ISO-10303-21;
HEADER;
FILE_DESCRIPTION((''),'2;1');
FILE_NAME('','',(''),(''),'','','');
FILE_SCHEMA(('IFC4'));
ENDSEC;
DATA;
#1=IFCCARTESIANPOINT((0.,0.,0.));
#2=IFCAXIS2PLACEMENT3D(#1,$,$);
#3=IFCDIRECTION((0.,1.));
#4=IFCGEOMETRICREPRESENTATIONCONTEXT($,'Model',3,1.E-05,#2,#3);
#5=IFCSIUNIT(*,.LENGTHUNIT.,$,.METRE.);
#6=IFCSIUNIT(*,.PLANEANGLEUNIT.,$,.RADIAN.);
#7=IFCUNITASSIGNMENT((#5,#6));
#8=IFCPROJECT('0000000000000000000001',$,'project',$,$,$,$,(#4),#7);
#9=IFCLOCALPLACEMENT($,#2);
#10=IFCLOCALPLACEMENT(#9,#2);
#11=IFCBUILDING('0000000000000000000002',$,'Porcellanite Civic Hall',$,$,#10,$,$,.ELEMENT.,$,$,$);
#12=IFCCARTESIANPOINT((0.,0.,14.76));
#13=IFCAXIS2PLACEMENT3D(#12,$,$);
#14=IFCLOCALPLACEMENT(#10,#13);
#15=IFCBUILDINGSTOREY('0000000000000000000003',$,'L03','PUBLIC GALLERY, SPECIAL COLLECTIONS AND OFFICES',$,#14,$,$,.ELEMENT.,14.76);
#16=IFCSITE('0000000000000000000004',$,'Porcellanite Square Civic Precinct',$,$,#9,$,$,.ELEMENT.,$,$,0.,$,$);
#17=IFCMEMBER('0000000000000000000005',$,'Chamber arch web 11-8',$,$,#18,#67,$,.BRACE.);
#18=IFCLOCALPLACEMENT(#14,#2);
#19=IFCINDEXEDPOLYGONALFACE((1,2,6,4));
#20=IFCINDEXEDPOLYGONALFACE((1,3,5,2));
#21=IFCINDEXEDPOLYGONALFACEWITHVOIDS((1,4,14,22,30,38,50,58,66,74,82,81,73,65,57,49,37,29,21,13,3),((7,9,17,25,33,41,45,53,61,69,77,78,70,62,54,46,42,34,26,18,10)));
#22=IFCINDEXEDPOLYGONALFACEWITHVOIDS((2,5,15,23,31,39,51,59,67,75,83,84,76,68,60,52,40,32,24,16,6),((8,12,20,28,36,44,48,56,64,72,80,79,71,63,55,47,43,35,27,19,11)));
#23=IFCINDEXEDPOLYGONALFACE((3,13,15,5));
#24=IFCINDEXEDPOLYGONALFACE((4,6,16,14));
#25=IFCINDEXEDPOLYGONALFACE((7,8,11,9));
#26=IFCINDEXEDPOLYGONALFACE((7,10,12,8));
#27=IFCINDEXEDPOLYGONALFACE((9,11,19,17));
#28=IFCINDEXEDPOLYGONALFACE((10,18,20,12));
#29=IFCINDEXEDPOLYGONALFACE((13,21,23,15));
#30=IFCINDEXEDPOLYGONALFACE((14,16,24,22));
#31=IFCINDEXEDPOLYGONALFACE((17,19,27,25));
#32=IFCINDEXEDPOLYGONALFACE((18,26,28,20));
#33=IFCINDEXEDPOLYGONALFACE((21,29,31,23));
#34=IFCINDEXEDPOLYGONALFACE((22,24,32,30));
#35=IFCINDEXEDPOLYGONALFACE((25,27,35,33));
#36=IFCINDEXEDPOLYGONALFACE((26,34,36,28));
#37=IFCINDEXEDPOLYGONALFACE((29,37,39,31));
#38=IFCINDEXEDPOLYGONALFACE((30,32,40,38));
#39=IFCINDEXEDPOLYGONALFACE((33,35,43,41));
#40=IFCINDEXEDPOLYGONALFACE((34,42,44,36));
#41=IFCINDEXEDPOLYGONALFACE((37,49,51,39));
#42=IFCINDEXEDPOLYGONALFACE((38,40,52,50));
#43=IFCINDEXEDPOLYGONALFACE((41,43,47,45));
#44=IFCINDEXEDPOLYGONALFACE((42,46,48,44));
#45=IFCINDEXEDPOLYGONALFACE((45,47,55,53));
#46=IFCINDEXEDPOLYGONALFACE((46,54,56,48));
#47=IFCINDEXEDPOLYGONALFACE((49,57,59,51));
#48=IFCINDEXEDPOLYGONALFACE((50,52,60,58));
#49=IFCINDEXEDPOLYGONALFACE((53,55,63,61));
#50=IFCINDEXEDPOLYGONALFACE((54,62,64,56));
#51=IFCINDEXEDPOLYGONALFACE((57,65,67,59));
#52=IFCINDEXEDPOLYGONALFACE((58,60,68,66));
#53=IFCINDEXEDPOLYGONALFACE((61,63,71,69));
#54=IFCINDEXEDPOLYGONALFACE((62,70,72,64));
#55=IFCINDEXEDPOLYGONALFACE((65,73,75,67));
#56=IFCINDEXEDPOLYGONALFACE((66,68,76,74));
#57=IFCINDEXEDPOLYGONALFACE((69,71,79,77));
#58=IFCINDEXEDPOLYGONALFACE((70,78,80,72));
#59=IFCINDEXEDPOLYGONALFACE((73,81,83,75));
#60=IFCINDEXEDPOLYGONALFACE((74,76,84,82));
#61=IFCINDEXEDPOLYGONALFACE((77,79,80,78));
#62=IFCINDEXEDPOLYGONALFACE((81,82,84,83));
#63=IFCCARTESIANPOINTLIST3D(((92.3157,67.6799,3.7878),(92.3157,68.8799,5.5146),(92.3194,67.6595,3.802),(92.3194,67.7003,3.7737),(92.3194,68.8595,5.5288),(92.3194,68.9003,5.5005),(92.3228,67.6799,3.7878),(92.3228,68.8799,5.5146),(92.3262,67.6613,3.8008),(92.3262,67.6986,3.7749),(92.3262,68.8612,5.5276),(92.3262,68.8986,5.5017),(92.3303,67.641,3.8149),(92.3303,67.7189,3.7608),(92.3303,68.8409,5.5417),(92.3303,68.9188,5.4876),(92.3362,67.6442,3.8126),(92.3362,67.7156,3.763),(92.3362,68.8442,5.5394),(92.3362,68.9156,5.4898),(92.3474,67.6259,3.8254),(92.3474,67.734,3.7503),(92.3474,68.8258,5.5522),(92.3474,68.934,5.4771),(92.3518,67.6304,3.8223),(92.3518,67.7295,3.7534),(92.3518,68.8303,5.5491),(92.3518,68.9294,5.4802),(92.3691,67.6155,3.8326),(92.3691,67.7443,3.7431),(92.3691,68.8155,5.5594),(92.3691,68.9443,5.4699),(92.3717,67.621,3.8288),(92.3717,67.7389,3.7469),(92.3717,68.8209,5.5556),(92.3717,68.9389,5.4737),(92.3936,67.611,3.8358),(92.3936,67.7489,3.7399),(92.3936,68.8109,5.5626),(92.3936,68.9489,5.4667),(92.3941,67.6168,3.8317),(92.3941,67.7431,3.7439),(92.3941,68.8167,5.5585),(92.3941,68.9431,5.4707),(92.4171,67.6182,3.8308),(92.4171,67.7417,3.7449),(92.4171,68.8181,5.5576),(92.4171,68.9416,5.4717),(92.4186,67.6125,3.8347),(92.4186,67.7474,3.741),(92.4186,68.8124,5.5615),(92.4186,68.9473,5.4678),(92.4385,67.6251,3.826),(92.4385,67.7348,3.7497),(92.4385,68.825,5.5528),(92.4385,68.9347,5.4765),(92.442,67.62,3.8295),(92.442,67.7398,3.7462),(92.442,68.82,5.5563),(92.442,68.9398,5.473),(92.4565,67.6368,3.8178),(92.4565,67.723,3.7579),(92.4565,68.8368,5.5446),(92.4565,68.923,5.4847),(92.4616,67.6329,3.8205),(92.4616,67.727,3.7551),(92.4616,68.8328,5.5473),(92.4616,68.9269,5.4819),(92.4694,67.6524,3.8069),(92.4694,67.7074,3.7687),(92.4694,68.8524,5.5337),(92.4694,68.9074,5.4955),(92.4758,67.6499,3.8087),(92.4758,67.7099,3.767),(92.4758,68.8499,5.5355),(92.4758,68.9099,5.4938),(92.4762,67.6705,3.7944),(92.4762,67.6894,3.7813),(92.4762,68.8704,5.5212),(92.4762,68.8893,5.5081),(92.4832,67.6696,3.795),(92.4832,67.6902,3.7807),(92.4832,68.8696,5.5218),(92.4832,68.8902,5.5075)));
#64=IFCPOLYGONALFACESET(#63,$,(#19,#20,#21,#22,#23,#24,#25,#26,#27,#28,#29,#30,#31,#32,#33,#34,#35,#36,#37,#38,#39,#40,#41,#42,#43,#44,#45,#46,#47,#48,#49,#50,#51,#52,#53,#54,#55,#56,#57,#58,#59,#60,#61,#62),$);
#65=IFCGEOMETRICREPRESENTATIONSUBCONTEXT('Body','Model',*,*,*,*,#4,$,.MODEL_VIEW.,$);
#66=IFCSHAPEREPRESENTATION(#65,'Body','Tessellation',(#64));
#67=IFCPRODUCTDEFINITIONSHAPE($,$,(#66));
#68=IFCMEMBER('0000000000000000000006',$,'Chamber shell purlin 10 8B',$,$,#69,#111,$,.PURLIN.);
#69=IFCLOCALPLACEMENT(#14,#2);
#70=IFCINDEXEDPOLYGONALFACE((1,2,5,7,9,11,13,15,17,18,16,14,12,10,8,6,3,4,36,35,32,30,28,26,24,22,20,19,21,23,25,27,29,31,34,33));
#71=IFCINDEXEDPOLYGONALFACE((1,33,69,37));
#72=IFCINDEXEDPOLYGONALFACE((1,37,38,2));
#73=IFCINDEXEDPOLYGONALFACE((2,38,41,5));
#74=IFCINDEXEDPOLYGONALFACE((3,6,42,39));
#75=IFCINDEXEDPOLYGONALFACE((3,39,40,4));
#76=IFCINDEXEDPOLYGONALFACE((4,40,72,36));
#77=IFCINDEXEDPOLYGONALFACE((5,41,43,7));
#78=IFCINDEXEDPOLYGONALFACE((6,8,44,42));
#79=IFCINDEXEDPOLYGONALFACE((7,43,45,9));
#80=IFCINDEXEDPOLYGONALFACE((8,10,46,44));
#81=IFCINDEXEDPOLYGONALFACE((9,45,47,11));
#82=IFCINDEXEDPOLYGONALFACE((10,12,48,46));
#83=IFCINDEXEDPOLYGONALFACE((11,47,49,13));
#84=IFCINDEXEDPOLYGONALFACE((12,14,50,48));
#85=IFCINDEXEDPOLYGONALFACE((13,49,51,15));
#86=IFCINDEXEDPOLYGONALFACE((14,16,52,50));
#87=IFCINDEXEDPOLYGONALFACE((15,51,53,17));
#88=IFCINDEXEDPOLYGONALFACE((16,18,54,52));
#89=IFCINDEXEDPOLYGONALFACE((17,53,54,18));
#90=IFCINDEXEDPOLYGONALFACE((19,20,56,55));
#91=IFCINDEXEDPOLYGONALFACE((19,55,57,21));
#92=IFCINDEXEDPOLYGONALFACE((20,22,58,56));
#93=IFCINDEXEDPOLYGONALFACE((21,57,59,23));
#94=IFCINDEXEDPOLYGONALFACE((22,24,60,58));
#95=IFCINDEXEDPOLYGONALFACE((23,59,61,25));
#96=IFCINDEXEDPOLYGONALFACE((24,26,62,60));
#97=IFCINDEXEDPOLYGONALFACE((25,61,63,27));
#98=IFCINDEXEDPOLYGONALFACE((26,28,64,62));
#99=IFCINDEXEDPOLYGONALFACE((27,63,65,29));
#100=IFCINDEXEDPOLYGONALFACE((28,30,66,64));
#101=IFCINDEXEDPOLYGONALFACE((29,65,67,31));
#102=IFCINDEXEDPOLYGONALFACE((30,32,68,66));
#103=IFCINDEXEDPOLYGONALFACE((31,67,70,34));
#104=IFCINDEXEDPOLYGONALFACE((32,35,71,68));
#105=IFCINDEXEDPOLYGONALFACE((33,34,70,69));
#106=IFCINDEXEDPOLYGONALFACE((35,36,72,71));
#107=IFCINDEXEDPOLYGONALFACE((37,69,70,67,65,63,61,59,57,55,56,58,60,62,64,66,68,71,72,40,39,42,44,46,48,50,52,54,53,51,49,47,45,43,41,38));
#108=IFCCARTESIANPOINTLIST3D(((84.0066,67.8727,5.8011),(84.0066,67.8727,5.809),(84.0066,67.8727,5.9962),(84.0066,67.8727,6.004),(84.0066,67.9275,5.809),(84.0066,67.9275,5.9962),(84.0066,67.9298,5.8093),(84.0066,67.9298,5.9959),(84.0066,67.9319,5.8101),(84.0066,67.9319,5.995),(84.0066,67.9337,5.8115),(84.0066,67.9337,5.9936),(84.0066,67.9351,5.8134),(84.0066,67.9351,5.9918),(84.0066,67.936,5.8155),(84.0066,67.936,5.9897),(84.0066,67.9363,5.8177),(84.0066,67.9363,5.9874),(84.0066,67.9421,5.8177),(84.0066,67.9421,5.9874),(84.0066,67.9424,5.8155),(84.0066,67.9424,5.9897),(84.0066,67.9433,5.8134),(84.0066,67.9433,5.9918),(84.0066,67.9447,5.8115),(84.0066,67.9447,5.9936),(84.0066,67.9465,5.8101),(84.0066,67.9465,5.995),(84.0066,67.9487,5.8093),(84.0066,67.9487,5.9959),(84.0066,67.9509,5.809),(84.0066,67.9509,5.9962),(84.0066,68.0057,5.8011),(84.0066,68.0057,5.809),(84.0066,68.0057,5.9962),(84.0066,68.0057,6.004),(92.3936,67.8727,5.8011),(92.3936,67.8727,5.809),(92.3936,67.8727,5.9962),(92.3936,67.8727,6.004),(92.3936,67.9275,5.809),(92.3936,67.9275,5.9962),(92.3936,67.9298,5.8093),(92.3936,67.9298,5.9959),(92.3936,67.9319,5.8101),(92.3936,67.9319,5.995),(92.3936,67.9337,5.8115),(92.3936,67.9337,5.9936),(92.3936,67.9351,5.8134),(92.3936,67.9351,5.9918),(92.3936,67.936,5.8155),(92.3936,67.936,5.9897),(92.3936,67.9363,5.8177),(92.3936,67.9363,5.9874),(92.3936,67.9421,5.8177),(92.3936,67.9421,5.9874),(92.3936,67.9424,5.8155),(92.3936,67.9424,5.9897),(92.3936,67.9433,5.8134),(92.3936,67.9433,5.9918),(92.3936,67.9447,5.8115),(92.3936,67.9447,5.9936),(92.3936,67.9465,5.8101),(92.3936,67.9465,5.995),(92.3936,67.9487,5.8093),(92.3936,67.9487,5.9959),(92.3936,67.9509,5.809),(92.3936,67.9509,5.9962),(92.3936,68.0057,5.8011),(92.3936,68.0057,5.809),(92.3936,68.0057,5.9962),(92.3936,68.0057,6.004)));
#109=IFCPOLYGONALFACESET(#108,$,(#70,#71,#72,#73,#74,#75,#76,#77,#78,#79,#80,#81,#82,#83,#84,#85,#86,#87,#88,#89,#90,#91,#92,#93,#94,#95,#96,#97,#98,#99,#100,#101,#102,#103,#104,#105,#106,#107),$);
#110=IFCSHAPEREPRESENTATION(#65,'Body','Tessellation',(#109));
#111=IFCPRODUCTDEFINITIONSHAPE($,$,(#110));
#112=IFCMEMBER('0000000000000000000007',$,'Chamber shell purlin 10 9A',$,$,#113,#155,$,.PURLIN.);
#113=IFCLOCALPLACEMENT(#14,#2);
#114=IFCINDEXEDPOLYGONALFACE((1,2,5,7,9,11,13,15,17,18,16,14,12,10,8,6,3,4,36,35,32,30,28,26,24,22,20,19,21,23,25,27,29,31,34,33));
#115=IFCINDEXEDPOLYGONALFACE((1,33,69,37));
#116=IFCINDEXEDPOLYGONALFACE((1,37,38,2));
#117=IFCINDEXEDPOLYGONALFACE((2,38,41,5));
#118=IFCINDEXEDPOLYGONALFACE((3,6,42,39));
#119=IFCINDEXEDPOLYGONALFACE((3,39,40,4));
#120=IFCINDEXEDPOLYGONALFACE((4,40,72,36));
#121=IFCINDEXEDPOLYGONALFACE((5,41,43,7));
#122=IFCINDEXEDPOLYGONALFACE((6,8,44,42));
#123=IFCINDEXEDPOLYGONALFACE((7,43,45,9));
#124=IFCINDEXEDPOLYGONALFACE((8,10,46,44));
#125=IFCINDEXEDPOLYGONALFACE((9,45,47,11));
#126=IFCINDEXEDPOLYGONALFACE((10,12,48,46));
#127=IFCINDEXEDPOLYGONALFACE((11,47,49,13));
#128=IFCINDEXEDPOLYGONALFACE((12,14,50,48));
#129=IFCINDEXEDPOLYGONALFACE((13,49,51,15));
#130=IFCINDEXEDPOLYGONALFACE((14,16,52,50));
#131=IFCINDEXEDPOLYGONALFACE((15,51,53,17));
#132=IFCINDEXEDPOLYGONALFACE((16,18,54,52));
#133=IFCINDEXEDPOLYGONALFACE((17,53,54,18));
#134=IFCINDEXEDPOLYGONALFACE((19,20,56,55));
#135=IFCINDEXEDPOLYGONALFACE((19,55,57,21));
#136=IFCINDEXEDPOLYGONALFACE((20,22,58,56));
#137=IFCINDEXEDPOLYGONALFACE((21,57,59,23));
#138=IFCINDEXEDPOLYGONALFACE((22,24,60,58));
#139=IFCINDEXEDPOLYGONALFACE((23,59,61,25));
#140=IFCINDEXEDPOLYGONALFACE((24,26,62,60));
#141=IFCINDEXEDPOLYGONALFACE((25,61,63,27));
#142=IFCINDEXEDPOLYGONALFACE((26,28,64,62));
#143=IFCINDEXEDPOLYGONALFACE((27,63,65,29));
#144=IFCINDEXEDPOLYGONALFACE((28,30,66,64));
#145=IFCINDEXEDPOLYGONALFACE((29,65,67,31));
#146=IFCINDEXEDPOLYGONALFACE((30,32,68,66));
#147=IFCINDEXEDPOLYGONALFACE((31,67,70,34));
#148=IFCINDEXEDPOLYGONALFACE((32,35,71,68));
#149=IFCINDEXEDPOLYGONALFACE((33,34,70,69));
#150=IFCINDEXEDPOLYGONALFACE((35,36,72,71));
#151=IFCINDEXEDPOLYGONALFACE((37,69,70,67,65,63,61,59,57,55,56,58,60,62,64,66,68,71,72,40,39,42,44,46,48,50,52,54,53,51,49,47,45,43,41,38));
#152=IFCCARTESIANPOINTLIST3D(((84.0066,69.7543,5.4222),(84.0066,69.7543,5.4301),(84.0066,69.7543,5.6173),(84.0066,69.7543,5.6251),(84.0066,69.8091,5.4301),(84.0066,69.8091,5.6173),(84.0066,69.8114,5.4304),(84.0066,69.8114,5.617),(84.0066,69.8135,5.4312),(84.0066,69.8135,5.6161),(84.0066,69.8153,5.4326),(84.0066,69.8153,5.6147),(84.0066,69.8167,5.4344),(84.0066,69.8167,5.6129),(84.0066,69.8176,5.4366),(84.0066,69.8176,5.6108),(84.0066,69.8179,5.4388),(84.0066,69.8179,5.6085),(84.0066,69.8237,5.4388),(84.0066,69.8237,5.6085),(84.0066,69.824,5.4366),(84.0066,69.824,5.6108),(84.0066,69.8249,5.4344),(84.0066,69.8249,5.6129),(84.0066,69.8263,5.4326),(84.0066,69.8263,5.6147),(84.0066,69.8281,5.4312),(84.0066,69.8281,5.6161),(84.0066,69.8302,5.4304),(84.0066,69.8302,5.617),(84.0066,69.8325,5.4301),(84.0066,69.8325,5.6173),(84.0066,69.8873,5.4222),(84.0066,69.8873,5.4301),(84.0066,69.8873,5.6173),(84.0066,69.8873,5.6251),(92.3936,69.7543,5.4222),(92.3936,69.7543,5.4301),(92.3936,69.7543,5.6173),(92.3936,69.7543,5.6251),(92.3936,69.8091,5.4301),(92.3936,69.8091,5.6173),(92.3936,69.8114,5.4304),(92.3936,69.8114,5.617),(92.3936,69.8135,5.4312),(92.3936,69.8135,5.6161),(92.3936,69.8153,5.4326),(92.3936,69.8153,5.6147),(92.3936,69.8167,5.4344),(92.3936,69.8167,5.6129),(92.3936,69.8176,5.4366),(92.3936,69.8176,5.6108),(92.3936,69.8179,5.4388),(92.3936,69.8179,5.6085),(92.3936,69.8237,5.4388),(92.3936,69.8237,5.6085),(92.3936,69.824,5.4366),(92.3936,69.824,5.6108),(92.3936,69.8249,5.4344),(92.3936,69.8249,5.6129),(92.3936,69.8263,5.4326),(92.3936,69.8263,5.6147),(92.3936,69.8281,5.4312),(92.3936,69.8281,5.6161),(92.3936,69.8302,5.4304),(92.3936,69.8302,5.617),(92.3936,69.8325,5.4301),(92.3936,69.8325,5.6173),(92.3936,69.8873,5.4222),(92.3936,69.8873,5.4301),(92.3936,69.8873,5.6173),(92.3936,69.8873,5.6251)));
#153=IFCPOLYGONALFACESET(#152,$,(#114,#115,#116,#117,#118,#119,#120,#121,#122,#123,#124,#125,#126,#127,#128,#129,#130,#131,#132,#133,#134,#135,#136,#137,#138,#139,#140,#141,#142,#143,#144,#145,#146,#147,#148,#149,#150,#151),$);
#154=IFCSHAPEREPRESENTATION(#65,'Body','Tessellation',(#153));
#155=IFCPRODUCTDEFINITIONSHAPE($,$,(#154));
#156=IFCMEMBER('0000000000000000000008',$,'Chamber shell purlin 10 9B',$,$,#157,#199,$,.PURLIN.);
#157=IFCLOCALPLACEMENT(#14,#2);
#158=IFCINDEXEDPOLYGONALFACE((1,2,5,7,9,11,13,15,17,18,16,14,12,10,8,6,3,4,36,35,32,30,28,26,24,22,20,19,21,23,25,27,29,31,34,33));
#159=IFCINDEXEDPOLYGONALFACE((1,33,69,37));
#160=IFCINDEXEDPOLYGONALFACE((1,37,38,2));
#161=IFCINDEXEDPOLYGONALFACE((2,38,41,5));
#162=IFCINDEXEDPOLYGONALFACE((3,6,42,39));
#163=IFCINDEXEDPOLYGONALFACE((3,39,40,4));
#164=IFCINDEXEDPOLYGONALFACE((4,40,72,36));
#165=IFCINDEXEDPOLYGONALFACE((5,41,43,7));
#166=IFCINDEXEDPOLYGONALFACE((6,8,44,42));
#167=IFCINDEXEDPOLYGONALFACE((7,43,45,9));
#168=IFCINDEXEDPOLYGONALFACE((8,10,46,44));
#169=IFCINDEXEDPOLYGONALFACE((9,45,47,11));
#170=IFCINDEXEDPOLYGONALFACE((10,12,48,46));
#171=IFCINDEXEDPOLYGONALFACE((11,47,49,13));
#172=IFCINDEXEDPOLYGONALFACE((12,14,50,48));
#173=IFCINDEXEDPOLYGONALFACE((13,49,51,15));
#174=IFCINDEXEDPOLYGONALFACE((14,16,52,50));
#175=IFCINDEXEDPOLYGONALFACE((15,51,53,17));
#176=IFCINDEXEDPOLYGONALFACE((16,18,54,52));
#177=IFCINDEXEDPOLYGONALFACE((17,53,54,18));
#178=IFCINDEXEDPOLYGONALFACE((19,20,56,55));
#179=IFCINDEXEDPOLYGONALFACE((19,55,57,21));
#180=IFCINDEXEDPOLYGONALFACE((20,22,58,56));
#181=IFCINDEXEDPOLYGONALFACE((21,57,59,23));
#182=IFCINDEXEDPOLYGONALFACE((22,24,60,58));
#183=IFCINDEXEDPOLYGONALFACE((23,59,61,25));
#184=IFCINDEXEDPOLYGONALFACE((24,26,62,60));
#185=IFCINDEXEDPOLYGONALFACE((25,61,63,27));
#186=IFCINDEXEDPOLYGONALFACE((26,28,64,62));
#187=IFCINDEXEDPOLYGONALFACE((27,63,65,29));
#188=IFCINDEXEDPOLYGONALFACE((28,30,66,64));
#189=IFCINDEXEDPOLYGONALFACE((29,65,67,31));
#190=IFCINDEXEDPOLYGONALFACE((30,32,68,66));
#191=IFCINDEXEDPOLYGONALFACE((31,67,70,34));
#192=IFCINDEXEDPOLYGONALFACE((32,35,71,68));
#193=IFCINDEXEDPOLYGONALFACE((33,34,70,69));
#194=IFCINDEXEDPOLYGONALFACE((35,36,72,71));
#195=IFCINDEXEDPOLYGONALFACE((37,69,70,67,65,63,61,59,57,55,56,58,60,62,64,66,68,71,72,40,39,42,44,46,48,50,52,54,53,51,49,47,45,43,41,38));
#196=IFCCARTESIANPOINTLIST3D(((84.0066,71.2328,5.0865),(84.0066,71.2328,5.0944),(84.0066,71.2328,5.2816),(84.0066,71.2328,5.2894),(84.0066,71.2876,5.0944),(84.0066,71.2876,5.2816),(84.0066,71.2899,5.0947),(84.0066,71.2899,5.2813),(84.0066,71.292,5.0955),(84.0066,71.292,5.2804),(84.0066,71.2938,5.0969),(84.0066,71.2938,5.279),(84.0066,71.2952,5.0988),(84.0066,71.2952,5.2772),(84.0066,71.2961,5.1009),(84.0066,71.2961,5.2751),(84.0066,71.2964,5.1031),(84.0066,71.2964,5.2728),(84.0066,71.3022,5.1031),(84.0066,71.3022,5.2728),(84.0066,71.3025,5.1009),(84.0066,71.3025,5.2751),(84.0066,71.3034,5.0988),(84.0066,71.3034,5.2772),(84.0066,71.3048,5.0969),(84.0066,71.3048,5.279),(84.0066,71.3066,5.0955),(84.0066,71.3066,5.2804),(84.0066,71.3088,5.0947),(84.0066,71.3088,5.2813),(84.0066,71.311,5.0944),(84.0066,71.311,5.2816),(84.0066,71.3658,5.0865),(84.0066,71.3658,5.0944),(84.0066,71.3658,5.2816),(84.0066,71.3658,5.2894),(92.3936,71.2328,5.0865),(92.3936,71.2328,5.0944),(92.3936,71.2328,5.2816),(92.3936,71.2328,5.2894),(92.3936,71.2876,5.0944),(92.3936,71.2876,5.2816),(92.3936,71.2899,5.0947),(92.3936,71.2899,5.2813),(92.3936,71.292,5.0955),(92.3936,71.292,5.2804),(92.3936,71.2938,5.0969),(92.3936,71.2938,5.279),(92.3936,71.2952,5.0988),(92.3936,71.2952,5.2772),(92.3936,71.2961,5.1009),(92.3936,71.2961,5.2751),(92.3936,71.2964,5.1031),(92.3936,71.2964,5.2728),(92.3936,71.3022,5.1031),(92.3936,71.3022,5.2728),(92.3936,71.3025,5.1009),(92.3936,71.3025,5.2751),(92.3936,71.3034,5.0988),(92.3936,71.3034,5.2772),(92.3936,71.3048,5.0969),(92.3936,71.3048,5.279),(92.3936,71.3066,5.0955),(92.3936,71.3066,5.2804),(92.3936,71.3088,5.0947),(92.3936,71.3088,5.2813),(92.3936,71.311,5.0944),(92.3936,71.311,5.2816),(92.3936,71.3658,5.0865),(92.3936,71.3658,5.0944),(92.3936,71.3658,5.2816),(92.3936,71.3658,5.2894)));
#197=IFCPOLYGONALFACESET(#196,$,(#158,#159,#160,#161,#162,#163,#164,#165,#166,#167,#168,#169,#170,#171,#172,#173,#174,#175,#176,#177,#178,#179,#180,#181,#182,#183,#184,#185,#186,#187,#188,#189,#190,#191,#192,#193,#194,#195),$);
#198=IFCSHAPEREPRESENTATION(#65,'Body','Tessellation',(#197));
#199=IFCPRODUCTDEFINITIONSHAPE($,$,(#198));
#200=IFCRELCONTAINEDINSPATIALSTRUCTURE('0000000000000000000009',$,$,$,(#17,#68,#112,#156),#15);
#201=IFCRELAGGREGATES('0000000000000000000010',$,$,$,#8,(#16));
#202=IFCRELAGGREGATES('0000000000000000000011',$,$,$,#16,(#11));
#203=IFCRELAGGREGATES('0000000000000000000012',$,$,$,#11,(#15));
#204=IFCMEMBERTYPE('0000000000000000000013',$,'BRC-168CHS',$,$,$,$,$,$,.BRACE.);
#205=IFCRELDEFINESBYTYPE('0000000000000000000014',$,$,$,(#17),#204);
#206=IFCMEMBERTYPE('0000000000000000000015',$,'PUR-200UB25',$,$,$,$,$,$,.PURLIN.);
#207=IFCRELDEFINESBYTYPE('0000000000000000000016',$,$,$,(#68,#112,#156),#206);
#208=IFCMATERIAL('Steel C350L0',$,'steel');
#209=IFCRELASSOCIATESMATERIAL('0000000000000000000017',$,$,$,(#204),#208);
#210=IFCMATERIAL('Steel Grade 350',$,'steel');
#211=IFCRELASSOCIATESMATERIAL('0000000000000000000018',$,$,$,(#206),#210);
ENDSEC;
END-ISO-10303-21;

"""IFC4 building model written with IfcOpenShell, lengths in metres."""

from ifc_helpers import new_model, si_unit, direction, frame, origin, origin_2d, place, context, subcontext, project, spatial, hollow_circle, i_section, extrude, material, material_profile, profile_set, type_object, element, save


model = new_model("IFC4")

# Units and contexts
model_context = context("Model", 3, precision=1e-05, world=origin(), true_north=direction((0.0, 1.0)))
body_context = subcontext(model_context, "Body", "Model", "MODEL_VIEW")
ifc_project = project(units=[si_unit("LENGTHUNIT", "METRE"), si_unit("PLANEANGLEUNIT", "RADIAN")], contexts=[model_context])

# Site, building, storey
site_placement = place(None, origin())
site = spatial("IfcSite", under=ifc_project, at=site_placement, Name="Porcellanite Square Civic Precinct", CompositionType="ELEMENT", RefElevation=0.0)
building_placement = place(site_placement, origin())
building = spatial("IfcBuilding", under=site, at=building_placement, Name="Porcellanite Civic Hall", CompositionType="ELEMENT")
storey_placement = place(building_placement, frame((0.0, 0.0, 14.76)))
storey = spatial("IfcBuildingStorey", under=building, at=storey_placement, Name="L03", Description="PUBLIC GALLERY, SPECIAL COLLECTIONS AND OFFICES", CompositionType="ELEMENT", Elevation=14.76)

# Members
ifc_material_1 = material(Name="Steel C350L0", Category="steel")
ifc_material_profile_1 = material_profile(ifc_material_1, hollow_circle(Radius=0.0842, WallThickness=0.0071, at=origin_2d()), Name="168.3x7.1CHS")
ifc_profile_set_1 = profile_set([ifc_material_profile_1], Name="Steel C350L0")
member_type_1 = type_object("IfcMemberType", Name="BRC-168CHS", PredefinedType="BRACE", material=ifc_profile_set_1)
for number, where, z_axis, x_axis, name in (
    (1, (92.3999, 67.6799, 3.7878), (0.0, 0.570646, 0.821196), (-1.0, 0.0, 0.0), "Chamber arch web 11-8"),
):
    element("IfcMember", number, at=place(storey_placement, frame(where, z_axis=z_axis, x_axis=x_axis)), inside=storey, type_object=member_type_1, Name=name, PredefinedType="BRACE", context=body_context, shape_type="SweptSolid", body=[
        extrude(hollow_circle(Radius=0.0842, WallThickness=0.0071, at=origin_2d()), origin(), (0.0, 0.0, 1.0), 2.1028),
    ])
ifc_material_2 = material(Name="Steel Grade 350", Category="steel")
ifc_material_profile_2 = material_profile(ifc_material_2, i_section(OverallWidth=0.1331, OverallDepth=0.2029, WebThickness=0.0059, FlangeThickness=0.0078, FilletRadius=0.0088, at=origin_2d()), Name="200UB25.4")
ifc_profile_set_2 = profile_set([ifc_material_profile_2], Name="Steel Grade 350")
member_type_2 = type_object("IfcMemberType", Name="PUR-200UB25", PredefinedType="PURLIN", material=ifc_profile_set_2)
for number, where, z_axis, x_axis, name in (
    (2, (84.0066, 67.9392, 5.9026), (1.0, 0.0, 0.0), (0.0, 1.0, 0.0), "Chamber shell purlin 10 8B"),
    (3, (84.0066, 69.8208, 5.5237), (1.0, 0.0, 0.0), (0.0, 1.0, 0.0), "Chamber shell purlin 10 9A"),
    (4, (84.0066, 71.2993, 5.188), (1.0, 0.0, 0.0), (0.0, 1.0, 0.0), "Chamber shell purlin 10 9B"),
):
    element("IfcMember", number, at=place(storey_placement, frame(where, z_axis=z_axis, x_axis=x_axis)), inside=storey, type_object=member_type_2, Name=name, PredefinedType="PURLIN", context=body_context, shape_type="SweptSolid", body=[
        extrude(i_section(OverallWidth=0.1331, OverallDepth=0.2029, WebThickness=0.0059, FlangeThickness=0.0078, FilletRadius=0.0088, at=origin_2d()), origin(), (0.0, 0.0, 1.0), 8.387),
    ])

save(model, "model.ifc")
